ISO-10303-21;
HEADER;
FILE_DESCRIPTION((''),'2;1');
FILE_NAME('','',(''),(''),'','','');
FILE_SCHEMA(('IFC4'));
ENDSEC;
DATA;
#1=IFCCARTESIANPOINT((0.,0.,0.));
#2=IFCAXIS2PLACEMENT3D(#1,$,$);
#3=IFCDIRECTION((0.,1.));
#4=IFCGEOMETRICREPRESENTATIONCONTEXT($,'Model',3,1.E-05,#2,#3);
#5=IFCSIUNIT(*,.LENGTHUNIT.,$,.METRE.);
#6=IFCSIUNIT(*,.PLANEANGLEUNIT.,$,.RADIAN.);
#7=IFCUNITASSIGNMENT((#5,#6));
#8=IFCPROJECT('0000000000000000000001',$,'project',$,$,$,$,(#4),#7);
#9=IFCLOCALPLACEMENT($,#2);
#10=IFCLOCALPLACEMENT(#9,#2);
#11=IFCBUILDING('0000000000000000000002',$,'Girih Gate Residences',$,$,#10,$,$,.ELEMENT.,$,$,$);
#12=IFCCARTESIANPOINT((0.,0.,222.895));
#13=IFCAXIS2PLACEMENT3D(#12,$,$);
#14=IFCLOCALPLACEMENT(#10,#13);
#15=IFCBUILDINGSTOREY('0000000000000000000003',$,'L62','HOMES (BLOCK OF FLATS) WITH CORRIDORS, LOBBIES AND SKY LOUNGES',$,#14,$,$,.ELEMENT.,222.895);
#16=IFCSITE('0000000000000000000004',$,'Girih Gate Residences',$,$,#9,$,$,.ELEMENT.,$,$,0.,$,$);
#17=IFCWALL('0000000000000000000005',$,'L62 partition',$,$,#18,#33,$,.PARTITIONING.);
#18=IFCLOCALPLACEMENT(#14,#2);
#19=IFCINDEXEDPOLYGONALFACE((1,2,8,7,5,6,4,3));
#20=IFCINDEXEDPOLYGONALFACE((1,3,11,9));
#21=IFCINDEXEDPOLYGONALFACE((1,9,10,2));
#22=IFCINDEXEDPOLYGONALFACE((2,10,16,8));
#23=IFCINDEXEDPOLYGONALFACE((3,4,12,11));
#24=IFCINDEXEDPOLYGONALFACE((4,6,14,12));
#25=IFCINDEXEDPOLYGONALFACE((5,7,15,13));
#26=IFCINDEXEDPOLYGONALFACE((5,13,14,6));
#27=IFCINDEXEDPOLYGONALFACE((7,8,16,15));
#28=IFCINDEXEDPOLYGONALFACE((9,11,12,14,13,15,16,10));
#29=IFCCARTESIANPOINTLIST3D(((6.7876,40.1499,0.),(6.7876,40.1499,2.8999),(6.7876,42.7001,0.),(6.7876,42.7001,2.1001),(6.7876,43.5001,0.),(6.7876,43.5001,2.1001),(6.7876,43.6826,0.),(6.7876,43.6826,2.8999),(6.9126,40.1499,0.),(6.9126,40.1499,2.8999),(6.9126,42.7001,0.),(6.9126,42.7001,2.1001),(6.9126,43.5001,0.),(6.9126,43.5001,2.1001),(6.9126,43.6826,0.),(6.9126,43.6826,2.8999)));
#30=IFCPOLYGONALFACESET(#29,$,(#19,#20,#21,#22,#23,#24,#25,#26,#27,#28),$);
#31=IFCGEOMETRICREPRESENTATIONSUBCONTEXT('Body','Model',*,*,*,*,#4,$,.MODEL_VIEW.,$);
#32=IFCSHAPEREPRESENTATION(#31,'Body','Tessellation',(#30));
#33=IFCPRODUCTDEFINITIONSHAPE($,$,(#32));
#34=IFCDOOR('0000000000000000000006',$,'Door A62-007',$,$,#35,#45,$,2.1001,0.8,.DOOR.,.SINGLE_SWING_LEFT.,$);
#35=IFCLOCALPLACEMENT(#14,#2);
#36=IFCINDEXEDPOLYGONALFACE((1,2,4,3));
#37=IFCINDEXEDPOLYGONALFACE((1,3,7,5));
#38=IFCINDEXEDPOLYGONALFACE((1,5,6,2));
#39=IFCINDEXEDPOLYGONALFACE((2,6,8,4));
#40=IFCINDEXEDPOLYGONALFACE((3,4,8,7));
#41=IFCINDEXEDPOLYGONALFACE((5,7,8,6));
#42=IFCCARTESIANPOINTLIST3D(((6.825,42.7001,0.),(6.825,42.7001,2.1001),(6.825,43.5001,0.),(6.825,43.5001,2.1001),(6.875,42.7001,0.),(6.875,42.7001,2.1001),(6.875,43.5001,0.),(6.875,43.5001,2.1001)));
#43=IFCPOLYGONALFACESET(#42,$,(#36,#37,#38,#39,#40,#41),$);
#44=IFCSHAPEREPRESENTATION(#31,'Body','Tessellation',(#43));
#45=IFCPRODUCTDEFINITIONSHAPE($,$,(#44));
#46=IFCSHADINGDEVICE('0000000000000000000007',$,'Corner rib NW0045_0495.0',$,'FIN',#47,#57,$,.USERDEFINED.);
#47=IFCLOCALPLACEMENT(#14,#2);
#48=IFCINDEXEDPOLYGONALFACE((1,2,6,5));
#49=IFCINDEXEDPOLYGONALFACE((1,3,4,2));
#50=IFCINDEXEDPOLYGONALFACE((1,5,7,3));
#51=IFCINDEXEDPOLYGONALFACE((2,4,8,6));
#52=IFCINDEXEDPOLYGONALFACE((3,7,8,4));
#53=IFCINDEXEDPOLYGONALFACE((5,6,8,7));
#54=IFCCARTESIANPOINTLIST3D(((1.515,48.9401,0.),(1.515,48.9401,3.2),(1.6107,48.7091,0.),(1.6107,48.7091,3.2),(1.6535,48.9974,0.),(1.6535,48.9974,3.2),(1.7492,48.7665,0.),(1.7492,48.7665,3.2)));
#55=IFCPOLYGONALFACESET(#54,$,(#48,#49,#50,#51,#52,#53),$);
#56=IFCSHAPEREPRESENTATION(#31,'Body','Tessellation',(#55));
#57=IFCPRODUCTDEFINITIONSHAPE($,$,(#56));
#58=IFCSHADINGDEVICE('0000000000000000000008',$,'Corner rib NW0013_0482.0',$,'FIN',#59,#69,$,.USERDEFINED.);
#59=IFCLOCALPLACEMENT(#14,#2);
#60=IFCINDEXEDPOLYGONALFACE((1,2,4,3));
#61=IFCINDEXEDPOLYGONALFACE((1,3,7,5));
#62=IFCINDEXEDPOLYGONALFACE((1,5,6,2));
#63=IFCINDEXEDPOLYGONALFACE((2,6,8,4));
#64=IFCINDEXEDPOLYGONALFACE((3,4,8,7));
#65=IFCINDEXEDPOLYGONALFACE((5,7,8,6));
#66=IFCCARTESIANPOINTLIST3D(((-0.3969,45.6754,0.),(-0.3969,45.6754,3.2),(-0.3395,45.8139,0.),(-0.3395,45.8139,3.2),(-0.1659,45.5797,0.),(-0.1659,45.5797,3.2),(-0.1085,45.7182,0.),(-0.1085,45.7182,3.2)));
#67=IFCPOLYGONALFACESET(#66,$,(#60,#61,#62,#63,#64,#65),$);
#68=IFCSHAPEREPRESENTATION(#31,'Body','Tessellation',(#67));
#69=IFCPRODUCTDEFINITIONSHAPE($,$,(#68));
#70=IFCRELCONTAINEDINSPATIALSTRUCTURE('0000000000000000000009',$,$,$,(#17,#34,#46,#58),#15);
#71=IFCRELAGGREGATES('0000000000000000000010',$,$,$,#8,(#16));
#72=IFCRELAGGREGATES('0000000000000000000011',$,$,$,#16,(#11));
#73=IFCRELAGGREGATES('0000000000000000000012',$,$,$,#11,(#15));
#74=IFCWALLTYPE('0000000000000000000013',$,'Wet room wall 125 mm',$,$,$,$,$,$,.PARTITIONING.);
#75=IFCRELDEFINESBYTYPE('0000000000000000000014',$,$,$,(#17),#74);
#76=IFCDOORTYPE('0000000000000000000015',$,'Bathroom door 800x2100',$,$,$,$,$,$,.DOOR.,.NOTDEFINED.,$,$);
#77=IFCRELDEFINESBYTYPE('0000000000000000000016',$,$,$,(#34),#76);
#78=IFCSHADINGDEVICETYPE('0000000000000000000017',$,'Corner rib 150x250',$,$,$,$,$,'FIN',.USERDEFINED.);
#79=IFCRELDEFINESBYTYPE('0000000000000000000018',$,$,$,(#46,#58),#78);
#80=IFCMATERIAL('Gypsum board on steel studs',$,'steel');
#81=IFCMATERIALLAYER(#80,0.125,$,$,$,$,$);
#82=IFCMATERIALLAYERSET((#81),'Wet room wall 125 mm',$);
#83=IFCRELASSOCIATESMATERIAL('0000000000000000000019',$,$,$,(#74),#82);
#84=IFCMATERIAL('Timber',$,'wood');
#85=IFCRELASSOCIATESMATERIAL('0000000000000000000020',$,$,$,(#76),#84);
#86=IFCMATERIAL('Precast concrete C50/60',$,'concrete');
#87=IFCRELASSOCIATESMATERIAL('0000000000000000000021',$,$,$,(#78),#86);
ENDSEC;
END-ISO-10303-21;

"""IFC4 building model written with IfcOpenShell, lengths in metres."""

from ifc_helpers import new_model, si_unit, direction, frame, frame_2d, origin, origin_2d, place, context, subcontext, project, spatial, rectangle, extrude, material, layer, layer_set, type_object, element, fill, save


model = new_model("IFC4")

# Units and contexts
model_context = context("Model", 3, precision=1e-05, world=origin(), true_north=direction((0.0, 1.0)))
body_context = subcontext(model_context, "Body", "Model", "MODEL_VIEW")
ifc_project = project(units=[si_unit("LENGTHUNIT", "METRE"), si_unit("PLANEANGLEUNIT", "RADIAN")], contexts=[model_context])

# Site, building, storey
site_placement = place(None, origin())
site = spatial("IfcSite", under=ifc_project, at=site_placement, Name="Girih Gate Residences", CompositionType="ELEMENT", RefElevation=0.0)
building_placement = place(site_placement, origin())
building = spatial("IfcBuilding", under=site, at=building_placement, Name="Girih Gate Residences", CompositionType="ELEMENT")
storey_placement = place(building_placement, frame((0.0, 0.0, 222.895)))
storey = spatial("IfcBuildingStorey", under=building, at=storey_placement, Name="L62", Description="HOMES (BLOCK OF FLATS) WITH CORRIDORS, LOBBIES AND SKY LOUNGES", CompositionType="ELEMENT", Elevation=222.895)

# Shared definitions
ifc_material_1 = material(Name="Gypsum board on steel studs", Category="steel")
ifc_material_2 = material(Name="Timber", Category="wood")

# Shared definitions
ifc_material_3 = material(Name="Precast concrete C50/60", Category="concrete")

# Wall, opening, door
ifc_layer_1 = layer(ifc_material_1, 0.125)
ifc_layer_set_1 = layer_set([ifc_layer_1], Name="Wet room wall 125 mm")
wall_type_1 = type_object("IfcWallType", Name="Wet room wall 125 mm", PredefinedType="PARTITIONING", material=ifc_layer_set_1)
wall_1_placement = place(storey_placement, frame((6.8501, 43.6826, 0.0), z_axis=(0.0, 0.0, 1.0), x_axis=(0.0, -1.0, 0.0)))
wall_1 = element("IfcWall", 1, at=wall_1_placement, inside=storey, type_object=wall_type_1, Name="L62 partition", PredefinedType="PARTITIONING", context=body_context, shape_type="SweptSolid", body=[
    extrude(rectangle(XDim=3.5327, YDim=0.125, at=frame_2d((1.7664, 0.0))), origin(), (0.0, 0.0, 1.0), 2.8999),
])
opening_1_placement = place(wall_1_placement, frame((0.1826, 0.0, 0.0)))
opening_1 = element("IfcOpeningElement", 2, at=opening_1_placement, cuts=wall_1, PredefinedType="OPENING", context=body_context, shape_type="SweptSolid", body=[
    extrude(rectangle(XDim=0.8, YDim=2.1001, at=frame_2d((0.3999, 1.05))), frame((0.0, 0.0725, 0.0), z_axis=(0.0, -1.0, 0.0), x_axis=(1.0, 0.0, 0.0)), (0.0, 0.0, 1.0), 0.145),
])
door_type_1 = type_object("IfcDoorType", Name="Bathroom door 800x2100", OperationType="NOTDEFINED", PredefinedType="DOOR", material=ifc_material_2)
door_1_placement = place(opening_1_placement, origin())
door_1 = element("IfcDoor", 3, at=door_1_placement, inside=storey, type_object=door_type_1, Name="Door A62-007", OperationType="SINGLE_SWING_LEFT", OverallHeight=2.1001, OverallWidth=0.8, PredefinedType="DOOR", context=body_context, shape_type="SweptSolid", body=[
    extrude(rectangle(XDim=0.8, YDim=2.1001, at=frame_2d((0.3999, 1.05))), frame((0.0, 0.0249, 0.0), z_axis=(0.0, -1.0, 0.0), x_axis=(1.0, 0.0, 0.0)), (0.0, 0.0, 1.0), 0.05),
])
fill(opening_1, door_1)

# Shading devices
shading_device_type = type_object("IfcShadingDeviceType", Name="Corner rib 150x250", ElementType="FIN", PredefinedType="USERDEFINED", material=ifc_material_3)
for number, where, z_axis, x_axis, name in (
    (4, (1.6321, 48.8533, 0.0), (0.0, 0.0, 1.0), (-0.92388, -0.382683, 0.0), "Corner rib NW0045_0495.0"),
    (5, (-0.2527, 45.6968, 0.0), (0.0, 0.0, 1.0), (-0.382683, -0.92388, 0.0), "Corner rib NW0013_0482.0"),
):
    element("IfcShadingDevice", number, at=place(storey_placement, frame(where, z_axis=z_axis, x_axis=x_axis)), inside=storey, type_object=shading_device_type, Name=name, ObjectType="FIN", PredefinedType="USERDEFINED", context=body_context, shape_type="SweptSolid", body=[
        extrude(rectangle(XDim=0.1499, YDim=0.25, at=origin_2d()), origin(), (0.0, 0.0, 1.0), 3.2),
    ])

save(model, "model.ifc")
